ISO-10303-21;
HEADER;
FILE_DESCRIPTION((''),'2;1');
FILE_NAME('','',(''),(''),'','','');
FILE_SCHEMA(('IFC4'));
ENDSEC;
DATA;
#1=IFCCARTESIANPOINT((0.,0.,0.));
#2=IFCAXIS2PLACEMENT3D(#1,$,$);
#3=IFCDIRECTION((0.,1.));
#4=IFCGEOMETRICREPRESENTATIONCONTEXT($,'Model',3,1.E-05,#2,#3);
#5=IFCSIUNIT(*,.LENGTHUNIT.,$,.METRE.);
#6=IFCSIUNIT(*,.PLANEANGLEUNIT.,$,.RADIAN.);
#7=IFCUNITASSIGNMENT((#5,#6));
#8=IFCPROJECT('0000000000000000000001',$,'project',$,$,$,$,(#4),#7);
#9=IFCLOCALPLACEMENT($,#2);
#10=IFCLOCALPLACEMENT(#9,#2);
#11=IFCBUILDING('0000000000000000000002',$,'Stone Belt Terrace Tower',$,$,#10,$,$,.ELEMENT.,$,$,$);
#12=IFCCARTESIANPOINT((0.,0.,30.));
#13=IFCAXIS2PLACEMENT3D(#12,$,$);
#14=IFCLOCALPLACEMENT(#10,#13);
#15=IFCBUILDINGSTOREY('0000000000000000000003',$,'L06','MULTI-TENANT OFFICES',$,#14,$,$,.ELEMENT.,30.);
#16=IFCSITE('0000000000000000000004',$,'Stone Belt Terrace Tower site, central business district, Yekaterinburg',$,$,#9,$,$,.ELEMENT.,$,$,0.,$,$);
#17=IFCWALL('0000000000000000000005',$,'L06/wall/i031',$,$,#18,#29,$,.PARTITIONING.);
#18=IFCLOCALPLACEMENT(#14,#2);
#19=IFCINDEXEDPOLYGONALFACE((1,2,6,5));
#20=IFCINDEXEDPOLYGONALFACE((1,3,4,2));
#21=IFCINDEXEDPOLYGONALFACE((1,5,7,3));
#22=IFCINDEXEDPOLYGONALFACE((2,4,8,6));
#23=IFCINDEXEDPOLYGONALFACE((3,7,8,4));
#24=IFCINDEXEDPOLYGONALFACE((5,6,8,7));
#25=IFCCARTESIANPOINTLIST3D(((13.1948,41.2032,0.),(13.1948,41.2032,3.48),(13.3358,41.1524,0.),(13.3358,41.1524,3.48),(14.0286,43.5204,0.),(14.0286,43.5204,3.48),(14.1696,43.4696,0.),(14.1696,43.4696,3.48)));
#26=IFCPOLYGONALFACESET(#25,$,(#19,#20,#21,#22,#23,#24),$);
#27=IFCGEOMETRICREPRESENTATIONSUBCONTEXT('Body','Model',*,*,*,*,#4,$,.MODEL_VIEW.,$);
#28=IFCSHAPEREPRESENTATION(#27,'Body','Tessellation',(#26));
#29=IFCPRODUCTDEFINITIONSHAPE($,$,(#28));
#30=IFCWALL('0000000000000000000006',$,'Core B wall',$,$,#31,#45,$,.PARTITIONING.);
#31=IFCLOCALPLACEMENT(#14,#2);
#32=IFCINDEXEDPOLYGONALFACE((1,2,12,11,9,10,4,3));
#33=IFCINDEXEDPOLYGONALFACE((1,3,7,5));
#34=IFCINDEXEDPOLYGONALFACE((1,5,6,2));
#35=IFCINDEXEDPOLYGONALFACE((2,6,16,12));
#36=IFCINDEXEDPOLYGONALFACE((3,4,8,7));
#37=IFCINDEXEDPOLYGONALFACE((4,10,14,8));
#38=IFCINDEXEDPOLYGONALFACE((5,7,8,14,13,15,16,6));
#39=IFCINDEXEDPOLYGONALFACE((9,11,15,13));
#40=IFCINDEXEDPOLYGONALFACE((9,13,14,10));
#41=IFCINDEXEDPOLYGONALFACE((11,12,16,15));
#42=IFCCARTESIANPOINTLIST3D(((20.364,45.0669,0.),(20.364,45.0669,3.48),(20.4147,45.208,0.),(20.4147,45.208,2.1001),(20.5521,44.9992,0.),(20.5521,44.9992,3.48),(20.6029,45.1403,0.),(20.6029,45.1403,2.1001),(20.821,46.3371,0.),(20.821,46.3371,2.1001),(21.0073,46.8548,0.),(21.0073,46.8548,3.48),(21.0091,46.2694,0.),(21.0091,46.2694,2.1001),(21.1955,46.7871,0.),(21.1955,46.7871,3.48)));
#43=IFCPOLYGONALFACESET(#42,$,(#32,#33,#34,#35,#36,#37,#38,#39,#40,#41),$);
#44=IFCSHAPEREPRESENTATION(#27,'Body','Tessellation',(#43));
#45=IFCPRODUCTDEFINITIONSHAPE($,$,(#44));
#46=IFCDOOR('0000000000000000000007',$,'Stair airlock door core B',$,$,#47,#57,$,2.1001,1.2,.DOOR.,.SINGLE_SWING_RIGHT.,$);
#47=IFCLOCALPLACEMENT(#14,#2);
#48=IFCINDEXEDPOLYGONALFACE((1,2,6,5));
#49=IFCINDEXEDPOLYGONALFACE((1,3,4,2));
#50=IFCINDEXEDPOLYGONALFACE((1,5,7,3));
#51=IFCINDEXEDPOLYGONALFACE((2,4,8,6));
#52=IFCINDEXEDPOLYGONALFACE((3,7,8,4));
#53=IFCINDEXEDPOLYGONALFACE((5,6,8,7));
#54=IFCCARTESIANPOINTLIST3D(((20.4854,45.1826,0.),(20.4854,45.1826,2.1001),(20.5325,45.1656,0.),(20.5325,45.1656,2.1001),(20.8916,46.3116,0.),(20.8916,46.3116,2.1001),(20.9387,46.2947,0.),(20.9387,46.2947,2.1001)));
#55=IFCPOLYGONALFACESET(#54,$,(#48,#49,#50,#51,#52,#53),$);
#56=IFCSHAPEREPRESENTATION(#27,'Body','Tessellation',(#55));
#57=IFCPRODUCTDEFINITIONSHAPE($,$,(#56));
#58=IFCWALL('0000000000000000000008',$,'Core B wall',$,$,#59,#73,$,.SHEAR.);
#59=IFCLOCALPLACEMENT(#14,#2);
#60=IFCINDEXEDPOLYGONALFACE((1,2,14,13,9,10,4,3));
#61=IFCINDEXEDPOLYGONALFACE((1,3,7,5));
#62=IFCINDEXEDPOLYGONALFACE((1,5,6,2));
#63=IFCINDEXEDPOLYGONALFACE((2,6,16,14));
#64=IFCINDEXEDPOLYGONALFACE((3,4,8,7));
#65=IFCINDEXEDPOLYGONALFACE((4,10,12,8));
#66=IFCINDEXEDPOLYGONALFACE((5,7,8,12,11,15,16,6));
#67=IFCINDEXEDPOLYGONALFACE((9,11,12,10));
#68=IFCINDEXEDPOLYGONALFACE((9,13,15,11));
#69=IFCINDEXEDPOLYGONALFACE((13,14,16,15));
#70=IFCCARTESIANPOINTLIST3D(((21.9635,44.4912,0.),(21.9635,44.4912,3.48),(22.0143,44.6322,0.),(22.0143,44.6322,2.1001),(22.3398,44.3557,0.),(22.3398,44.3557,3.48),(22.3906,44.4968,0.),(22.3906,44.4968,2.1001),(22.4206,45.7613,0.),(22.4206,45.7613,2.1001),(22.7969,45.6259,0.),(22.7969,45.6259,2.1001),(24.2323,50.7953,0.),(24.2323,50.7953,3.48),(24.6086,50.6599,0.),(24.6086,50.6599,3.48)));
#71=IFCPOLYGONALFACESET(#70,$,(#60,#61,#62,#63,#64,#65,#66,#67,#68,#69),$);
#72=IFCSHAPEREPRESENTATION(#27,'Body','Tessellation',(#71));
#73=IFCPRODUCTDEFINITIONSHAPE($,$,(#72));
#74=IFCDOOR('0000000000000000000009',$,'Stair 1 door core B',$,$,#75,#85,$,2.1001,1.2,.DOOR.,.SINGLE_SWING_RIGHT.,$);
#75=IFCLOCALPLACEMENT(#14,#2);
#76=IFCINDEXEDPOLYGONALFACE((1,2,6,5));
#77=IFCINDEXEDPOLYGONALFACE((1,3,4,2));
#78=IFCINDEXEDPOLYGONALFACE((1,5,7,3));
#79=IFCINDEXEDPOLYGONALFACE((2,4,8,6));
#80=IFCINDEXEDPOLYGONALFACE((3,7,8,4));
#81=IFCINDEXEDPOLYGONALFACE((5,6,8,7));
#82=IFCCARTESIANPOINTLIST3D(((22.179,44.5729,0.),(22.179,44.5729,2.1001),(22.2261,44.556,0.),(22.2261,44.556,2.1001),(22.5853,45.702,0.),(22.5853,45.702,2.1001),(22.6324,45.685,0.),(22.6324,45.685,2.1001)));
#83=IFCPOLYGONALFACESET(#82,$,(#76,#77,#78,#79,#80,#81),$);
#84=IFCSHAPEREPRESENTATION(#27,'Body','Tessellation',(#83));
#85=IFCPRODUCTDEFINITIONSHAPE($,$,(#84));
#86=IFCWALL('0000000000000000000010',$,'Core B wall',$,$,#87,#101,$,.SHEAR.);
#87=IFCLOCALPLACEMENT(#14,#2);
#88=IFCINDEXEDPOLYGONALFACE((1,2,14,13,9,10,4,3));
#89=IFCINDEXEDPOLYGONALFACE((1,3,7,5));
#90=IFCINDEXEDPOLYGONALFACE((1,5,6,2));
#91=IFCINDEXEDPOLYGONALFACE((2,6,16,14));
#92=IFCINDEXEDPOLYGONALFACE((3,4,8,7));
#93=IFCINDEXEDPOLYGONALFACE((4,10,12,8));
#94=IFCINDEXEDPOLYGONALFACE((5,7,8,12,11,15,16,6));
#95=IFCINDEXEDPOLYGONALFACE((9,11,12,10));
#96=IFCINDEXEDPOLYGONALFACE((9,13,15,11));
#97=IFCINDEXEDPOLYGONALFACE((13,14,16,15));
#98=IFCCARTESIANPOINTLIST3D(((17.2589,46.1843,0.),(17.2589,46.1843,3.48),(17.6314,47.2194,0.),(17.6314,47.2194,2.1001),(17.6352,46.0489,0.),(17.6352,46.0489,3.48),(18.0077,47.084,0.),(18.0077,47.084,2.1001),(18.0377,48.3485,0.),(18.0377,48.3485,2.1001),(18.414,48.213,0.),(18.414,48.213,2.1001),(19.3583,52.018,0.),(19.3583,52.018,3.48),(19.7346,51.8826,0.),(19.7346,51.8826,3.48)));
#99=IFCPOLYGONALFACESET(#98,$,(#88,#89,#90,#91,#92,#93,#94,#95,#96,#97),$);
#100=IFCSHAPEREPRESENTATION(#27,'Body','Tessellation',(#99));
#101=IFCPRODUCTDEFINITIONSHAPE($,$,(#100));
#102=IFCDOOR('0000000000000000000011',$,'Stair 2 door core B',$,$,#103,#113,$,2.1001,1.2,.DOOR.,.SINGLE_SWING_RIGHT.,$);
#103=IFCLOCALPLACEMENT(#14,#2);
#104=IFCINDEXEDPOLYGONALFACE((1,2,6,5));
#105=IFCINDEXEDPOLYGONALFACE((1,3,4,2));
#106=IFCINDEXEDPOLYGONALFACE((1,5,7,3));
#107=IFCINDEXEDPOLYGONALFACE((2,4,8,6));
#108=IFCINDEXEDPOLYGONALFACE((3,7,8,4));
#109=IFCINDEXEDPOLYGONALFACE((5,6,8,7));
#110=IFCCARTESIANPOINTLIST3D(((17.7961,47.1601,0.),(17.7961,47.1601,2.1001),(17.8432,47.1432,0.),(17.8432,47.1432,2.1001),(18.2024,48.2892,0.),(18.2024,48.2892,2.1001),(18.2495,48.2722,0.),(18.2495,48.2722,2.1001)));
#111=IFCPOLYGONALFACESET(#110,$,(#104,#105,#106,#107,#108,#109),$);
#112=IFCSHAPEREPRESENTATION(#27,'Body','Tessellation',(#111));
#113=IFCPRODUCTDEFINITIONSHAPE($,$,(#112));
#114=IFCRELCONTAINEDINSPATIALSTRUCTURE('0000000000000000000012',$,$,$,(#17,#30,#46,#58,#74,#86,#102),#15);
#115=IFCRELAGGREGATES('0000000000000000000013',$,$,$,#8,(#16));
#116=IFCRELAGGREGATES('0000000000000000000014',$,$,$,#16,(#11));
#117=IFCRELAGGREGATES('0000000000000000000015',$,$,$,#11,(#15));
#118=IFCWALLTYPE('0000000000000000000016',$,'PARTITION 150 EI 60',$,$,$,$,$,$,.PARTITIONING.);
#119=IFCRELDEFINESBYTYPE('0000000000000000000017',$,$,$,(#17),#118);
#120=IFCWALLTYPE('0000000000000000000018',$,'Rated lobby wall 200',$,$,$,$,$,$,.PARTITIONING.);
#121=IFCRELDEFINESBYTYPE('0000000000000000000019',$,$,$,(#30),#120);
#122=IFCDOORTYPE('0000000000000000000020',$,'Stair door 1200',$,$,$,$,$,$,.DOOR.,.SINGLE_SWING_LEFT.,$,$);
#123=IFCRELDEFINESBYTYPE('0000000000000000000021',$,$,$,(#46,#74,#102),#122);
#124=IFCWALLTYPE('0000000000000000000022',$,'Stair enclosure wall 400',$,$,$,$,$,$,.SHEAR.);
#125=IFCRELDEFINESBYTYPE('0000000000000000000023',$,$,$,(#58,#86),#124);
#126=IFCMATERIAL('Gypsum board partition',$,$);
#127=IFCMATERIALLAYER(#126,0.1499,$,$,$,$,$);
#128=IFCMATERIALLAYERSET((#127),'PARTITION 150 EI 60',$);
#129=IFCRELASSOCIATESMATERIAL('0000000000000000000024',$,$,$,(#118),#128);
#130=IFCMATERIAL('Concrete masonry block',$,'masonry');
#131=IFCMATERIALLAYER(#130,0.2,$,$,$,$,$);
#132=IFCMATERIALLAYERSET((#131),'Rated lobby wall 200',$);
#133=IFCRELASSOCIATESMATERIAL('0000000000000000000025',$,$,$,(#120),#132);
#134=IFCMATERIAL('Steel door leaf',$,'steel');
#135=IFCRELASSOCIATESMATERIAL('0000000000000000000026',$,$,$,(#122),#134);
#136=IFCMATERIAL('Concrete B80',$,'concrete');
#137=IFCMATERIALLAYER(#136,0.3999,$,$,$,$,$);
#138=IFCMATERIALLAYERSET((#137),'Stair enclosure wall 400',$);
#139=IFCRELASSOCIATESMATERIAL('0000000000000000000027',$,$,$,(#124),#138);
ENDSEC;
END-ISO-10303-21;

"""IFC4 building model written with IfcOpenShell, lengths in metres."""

from ifc_helpers import new_model, si_unit, direction, frame, frame_2d, origin, place, context, subcontext, project, spatial, rectangle, extrude, material, layer, layer_set, type_object, element, fill, save


model = new_model("IFC4")

# Units and contexts
model_context = context("Model", 3, precision=1e-05, world=origin(), true_north=direction((0.0, 1.0)))
body_context = subcontext(model_context, "Body", "Model", "MODEL_VIEW")
ifc_project = project(units=[si_unit("LENGTHUNIT", "METRE"), si_unit("PLANEANGLEUNIT", "RADIAN")], contexts=[model_context])

# Site, building, storey
site_placement = place(None, origin())
site = spatial("IfcSite", under=ifc_project, at=site_placement, Name="Stone Belt Terrace Tower site, central business district, Yekaterinburg", CompositionType="ELEMENT", RefElevation=0.0)
building_placement = place(site_placement, origin())
building = spatial("IfcBuilding", under=site, at=building_placement, Name="Stone Belt Terrace Tower", CompositionType="ELEMENT")
storey_placement = place(building_placement, frame((0.0, 0.0, 30.0)))
storey = spatial("IfcBuildingStorey", under=building, at=storey_placement, Name="L06", Description="MULTI-TENANT OFFICES", CompositionType="ELEMENT", Elevation=30.0)

# Shared definitions
ifc_material_1 = material(Name="Concrete B80", Category="concrete")

# Shared definitions
ifc_material_2 = material(Name="Gypsum board partition")
ifc_layer_1 = layer(ifc_material_2, 0.1499)
ifc_layer_set_1 = layer_set([ifc_layer_1], Name="PARTITION 150 EI 60")
wall_type_1 = type_object("IfcWallType", Name="PARTITION 150 EI 60", PredefinedType="PARTITIONING", material=ifc_layer_set_1)

# Wall
wall_1_placement = place(storey_placement, frame((14.0991, 43.4951, 0.0), z_axis=(0.0, 0.0, 1.0), x_axis=(-0.338565, -0.940943, 0.0)))
element("IfcWall", 1, at=wall_1_placement, inside=storey, type_object=wall_type_1, Name="L06/wall/i031", PredefinedType="PARTITIONING", context=body_context, shape_type="SweptSolid", body=[
    extrude(rectangle(XDim=2.4626, YDim=0.1499, at=frame_2d((1.2314, 0.0))), origin(), (0.0, 0.0, 1.0), 3.48),
])

# Walls, openings, doors
ifc_material_3 = material(Name="Concrete masonry block", Category="masonry")
ifc_layer_2 = layer(ifc_material_3, 0.2)
ifc_layer_set_2 = layer_set([ifc_layer_2], Name="Rated lobby wall 200")
wall_type_2 = type_object("IfcWallType", Name="Rated lobby wall 200", PredefinedType="PARTITIONING", material=ifc_layer_set_2)
wall_2_placement = place(storey_placement, frame((20.458, 45.033, 0.0), z_axis=(0.0, 0.0, 1.0), x_axis=(0.338574, 0.94094, 0.0)))
wall_2 = element("IfcWall", 2, at=wall_2_placement, inside=storey, type_object=wall_type_2, Name="Core B wall", PredefinedType="PARTITIONING", context=body_context, shape_type="SweptSolid", body=[
    extrude(rectangle(XDim=1.9001, YDim=0.2, at=frame_2d((0.9502, 0.0))), origin(), (0.0, 0.0, 1.0), 3.48),
])
opening_1_placement = place(wall_2_placement, frame((0.1499, 0.0, 0.0)))
opening_1 = element("IfcOpeningElement", 3, at=opening_1_placement, cuts=wall_2, PredefinedType="OPENING", context=body_context, shape_type="SweptSolid", body=[
    extrude(rectangle(XDim=1.2, YDim=2.1001, at=frame_2d((0.6001, 1.05))), frame((0.0, 0.1099, 0.0), z_axis=(0.0, -1.0, 0.0), x_axis=(1.0, 0.0, 0.0)), (0.0, 0.0, 1.0), 0.22),
])
ifc_material_4 = material(Name="Steel door leaf", Category="steel")
door_type_1 = type_object("IfcDoorType", Name="Stair door 1200", OperationType="SINGLE_SWING_LEFT", PredefinedType="DOOR", material=ifc_material_4)
door_1_placement = place(opening_1_placement, origin())
door_1 = element("IfcDoor", 4, at=door_1_placement, inside=storey, type_object=door_type_1, Name="Stair airlock door core B", OperationType="SINGLE_SWING_RIGHT", OverallHeight=2.1001, OverallWidth=1.2, PredefinedType="DOOR", context=body_context, shape_type="SweptSolid", body=[
    extrude(rectangle(XDim=1.2, YDim=2.1001, at=frame_2d((0.6001, 1.05))), frame((0.0, 0.0249, 0.0), z_axis=(0.0, -1.0, 0.0), x_axis=(1.0, 0.0, 0.0)), (0.0, 0.0, 1.0), 0.05),
])
fill(opening_1, door_1)
ifc_layer_3 = layer(ifc_material_1, 0.3999)
ifc_layer_set_3 = layer_set([ifc_layer_3], Name="Stair enclosure wall 400")
wall_type_3 = type_object("IfcWallType", Name="Stair enclosure wall 400", PredefinedType="SHEAR", material=ifc_layer_set_3)
wall_3_placement = place(storey_placement, frame((22.1516, 44.4233, 0.0), z_axis=(0.0, 0.0, 1.0), x_axis=(0.338625, 0.940921, 0.0)))
wall_3 = element("IfcWall", 5, at=wall_3_placement, inside=storey, type_object=wall_type_3, Name="Core B wall", PredefinedType="SHEAR", context=body_context, shape_type="SweptSolid", body=[
    extrude(rectangle(XDim=6.7, YDim=0.3999, at=frame_2d((3.3501, 0.0))), origin(), (0.0, 0.0, 1.0), 3.48),
])
opening_2_placement = place(wall_3_placement, frame((0.1499, 0.0, 0.0)))
opening_2 = element("IfcOpeningElement", 6, at=opening_2_placement, cuts=wall_3, PredefinedType="OPENING", context=body_context, shape_type="SweptSolid", body=[
    extrude(rectangle(XDim=1.2, YDim=2.1001, at=frame_2d((0.6001, 1.05))), frame((0.0, 0.21, 0.0), z_axis=(0.0, -1.0, 0.0), x_axis=(1.0, 0.0, 0.0)), (0.0, 0.0, 1.0), 0.4199),
])
door_2_placement = place(opening_2_placement, origin())
door_2 = element("IfcDoor", 7, at=door_2_placement, inside=storey, type_object=door_type_1, Name="Stair 1 door core B", OperationType="SINGLE_SWING_RIGHT", OverallHeight=2.1001, OverallWidth=1.2, PredefinedType="DOOR", context=body_context, shape_type="SweptSolid", body=[
    extrude(rectangle(XDim=1.2, YDim=2.1001, at=frame_2d((0.6001, 1.05))), frame((0.0, 0.0249, 0.0), z_axis=(0.0, -1.0, 0.0), x_axis=(1.0, 0.0, 0.0)), (0.0, 0.0, 1.0), 0.05),
])
fill(opening_2, door_2)
wall_4_placement = place(storey_placement, frame((17.447, 46.1165, 0.0), z_axis=(0.0, 0.0, 1.0), x_axis=(0.338608, 0.940928, 0.0)))
wall_4 = element("IfcWall", 8, at=wall_4_placement, inside=storey, type_object=wall_type_3, Name="Core B wall", PredefinedType="SHEAR", context=body_context, shape_type="SweptSolid", body=[
    extrude(rectangle(XDim=6.2, YDim=0.3999, at=frame_2d((3.1001, 0.0))), origin(), (0.0, 0.0, 1.0), 3.48),
])
opening_3_placement = place(wall_4_placement, frame((1.1001, 0.0, 0.0)))
opening_3 = element("IfcOpeningElement", 9, at=opening_3_placement, cuts=wall_4, PredefinedType="OPENING", context=body_context, shape_type="SweptSolid", body=[
    extrude(rectangle(XDim=1.2, YDim=2.1001, at=frame_2d((0.6001, 1.05))), frame((0.0, 0.21, 0.0), z_axis=(0.0, -1.0, 0.0), x_axis=(1.0, 0.0, 0.0)), (0.0, 0.0, 1.0), 0.4199),
])
door_3_placement = place(opening_3_placement, origin())
door_3 = element("IfcDoor", 10, at=door_3_placement, inside=storey, type_object=door_type_1, Name="Stair 2 door core B", OperationType="SINGLE_SWING_RIGHT", OverallHeight=2.1001, OverallWidth=1.2, PredefinedType="DOOR", context=body_context, shape_type="SweptSolid", body=[
    extrude(rectangle(XDim=1.2, YDim=2.1001, at=frame_2d((0.6001, 1.05))), frame((0.0, 0.0249, 0.0), z_axis=(0.0, -1.0, 0.0), x_axis=(1.0, 0.0, 0.0)), (0.0, 0.0, 1.0), 0.05),
])
fill(opening_3, door_3)

save(model, "model.ifc")
